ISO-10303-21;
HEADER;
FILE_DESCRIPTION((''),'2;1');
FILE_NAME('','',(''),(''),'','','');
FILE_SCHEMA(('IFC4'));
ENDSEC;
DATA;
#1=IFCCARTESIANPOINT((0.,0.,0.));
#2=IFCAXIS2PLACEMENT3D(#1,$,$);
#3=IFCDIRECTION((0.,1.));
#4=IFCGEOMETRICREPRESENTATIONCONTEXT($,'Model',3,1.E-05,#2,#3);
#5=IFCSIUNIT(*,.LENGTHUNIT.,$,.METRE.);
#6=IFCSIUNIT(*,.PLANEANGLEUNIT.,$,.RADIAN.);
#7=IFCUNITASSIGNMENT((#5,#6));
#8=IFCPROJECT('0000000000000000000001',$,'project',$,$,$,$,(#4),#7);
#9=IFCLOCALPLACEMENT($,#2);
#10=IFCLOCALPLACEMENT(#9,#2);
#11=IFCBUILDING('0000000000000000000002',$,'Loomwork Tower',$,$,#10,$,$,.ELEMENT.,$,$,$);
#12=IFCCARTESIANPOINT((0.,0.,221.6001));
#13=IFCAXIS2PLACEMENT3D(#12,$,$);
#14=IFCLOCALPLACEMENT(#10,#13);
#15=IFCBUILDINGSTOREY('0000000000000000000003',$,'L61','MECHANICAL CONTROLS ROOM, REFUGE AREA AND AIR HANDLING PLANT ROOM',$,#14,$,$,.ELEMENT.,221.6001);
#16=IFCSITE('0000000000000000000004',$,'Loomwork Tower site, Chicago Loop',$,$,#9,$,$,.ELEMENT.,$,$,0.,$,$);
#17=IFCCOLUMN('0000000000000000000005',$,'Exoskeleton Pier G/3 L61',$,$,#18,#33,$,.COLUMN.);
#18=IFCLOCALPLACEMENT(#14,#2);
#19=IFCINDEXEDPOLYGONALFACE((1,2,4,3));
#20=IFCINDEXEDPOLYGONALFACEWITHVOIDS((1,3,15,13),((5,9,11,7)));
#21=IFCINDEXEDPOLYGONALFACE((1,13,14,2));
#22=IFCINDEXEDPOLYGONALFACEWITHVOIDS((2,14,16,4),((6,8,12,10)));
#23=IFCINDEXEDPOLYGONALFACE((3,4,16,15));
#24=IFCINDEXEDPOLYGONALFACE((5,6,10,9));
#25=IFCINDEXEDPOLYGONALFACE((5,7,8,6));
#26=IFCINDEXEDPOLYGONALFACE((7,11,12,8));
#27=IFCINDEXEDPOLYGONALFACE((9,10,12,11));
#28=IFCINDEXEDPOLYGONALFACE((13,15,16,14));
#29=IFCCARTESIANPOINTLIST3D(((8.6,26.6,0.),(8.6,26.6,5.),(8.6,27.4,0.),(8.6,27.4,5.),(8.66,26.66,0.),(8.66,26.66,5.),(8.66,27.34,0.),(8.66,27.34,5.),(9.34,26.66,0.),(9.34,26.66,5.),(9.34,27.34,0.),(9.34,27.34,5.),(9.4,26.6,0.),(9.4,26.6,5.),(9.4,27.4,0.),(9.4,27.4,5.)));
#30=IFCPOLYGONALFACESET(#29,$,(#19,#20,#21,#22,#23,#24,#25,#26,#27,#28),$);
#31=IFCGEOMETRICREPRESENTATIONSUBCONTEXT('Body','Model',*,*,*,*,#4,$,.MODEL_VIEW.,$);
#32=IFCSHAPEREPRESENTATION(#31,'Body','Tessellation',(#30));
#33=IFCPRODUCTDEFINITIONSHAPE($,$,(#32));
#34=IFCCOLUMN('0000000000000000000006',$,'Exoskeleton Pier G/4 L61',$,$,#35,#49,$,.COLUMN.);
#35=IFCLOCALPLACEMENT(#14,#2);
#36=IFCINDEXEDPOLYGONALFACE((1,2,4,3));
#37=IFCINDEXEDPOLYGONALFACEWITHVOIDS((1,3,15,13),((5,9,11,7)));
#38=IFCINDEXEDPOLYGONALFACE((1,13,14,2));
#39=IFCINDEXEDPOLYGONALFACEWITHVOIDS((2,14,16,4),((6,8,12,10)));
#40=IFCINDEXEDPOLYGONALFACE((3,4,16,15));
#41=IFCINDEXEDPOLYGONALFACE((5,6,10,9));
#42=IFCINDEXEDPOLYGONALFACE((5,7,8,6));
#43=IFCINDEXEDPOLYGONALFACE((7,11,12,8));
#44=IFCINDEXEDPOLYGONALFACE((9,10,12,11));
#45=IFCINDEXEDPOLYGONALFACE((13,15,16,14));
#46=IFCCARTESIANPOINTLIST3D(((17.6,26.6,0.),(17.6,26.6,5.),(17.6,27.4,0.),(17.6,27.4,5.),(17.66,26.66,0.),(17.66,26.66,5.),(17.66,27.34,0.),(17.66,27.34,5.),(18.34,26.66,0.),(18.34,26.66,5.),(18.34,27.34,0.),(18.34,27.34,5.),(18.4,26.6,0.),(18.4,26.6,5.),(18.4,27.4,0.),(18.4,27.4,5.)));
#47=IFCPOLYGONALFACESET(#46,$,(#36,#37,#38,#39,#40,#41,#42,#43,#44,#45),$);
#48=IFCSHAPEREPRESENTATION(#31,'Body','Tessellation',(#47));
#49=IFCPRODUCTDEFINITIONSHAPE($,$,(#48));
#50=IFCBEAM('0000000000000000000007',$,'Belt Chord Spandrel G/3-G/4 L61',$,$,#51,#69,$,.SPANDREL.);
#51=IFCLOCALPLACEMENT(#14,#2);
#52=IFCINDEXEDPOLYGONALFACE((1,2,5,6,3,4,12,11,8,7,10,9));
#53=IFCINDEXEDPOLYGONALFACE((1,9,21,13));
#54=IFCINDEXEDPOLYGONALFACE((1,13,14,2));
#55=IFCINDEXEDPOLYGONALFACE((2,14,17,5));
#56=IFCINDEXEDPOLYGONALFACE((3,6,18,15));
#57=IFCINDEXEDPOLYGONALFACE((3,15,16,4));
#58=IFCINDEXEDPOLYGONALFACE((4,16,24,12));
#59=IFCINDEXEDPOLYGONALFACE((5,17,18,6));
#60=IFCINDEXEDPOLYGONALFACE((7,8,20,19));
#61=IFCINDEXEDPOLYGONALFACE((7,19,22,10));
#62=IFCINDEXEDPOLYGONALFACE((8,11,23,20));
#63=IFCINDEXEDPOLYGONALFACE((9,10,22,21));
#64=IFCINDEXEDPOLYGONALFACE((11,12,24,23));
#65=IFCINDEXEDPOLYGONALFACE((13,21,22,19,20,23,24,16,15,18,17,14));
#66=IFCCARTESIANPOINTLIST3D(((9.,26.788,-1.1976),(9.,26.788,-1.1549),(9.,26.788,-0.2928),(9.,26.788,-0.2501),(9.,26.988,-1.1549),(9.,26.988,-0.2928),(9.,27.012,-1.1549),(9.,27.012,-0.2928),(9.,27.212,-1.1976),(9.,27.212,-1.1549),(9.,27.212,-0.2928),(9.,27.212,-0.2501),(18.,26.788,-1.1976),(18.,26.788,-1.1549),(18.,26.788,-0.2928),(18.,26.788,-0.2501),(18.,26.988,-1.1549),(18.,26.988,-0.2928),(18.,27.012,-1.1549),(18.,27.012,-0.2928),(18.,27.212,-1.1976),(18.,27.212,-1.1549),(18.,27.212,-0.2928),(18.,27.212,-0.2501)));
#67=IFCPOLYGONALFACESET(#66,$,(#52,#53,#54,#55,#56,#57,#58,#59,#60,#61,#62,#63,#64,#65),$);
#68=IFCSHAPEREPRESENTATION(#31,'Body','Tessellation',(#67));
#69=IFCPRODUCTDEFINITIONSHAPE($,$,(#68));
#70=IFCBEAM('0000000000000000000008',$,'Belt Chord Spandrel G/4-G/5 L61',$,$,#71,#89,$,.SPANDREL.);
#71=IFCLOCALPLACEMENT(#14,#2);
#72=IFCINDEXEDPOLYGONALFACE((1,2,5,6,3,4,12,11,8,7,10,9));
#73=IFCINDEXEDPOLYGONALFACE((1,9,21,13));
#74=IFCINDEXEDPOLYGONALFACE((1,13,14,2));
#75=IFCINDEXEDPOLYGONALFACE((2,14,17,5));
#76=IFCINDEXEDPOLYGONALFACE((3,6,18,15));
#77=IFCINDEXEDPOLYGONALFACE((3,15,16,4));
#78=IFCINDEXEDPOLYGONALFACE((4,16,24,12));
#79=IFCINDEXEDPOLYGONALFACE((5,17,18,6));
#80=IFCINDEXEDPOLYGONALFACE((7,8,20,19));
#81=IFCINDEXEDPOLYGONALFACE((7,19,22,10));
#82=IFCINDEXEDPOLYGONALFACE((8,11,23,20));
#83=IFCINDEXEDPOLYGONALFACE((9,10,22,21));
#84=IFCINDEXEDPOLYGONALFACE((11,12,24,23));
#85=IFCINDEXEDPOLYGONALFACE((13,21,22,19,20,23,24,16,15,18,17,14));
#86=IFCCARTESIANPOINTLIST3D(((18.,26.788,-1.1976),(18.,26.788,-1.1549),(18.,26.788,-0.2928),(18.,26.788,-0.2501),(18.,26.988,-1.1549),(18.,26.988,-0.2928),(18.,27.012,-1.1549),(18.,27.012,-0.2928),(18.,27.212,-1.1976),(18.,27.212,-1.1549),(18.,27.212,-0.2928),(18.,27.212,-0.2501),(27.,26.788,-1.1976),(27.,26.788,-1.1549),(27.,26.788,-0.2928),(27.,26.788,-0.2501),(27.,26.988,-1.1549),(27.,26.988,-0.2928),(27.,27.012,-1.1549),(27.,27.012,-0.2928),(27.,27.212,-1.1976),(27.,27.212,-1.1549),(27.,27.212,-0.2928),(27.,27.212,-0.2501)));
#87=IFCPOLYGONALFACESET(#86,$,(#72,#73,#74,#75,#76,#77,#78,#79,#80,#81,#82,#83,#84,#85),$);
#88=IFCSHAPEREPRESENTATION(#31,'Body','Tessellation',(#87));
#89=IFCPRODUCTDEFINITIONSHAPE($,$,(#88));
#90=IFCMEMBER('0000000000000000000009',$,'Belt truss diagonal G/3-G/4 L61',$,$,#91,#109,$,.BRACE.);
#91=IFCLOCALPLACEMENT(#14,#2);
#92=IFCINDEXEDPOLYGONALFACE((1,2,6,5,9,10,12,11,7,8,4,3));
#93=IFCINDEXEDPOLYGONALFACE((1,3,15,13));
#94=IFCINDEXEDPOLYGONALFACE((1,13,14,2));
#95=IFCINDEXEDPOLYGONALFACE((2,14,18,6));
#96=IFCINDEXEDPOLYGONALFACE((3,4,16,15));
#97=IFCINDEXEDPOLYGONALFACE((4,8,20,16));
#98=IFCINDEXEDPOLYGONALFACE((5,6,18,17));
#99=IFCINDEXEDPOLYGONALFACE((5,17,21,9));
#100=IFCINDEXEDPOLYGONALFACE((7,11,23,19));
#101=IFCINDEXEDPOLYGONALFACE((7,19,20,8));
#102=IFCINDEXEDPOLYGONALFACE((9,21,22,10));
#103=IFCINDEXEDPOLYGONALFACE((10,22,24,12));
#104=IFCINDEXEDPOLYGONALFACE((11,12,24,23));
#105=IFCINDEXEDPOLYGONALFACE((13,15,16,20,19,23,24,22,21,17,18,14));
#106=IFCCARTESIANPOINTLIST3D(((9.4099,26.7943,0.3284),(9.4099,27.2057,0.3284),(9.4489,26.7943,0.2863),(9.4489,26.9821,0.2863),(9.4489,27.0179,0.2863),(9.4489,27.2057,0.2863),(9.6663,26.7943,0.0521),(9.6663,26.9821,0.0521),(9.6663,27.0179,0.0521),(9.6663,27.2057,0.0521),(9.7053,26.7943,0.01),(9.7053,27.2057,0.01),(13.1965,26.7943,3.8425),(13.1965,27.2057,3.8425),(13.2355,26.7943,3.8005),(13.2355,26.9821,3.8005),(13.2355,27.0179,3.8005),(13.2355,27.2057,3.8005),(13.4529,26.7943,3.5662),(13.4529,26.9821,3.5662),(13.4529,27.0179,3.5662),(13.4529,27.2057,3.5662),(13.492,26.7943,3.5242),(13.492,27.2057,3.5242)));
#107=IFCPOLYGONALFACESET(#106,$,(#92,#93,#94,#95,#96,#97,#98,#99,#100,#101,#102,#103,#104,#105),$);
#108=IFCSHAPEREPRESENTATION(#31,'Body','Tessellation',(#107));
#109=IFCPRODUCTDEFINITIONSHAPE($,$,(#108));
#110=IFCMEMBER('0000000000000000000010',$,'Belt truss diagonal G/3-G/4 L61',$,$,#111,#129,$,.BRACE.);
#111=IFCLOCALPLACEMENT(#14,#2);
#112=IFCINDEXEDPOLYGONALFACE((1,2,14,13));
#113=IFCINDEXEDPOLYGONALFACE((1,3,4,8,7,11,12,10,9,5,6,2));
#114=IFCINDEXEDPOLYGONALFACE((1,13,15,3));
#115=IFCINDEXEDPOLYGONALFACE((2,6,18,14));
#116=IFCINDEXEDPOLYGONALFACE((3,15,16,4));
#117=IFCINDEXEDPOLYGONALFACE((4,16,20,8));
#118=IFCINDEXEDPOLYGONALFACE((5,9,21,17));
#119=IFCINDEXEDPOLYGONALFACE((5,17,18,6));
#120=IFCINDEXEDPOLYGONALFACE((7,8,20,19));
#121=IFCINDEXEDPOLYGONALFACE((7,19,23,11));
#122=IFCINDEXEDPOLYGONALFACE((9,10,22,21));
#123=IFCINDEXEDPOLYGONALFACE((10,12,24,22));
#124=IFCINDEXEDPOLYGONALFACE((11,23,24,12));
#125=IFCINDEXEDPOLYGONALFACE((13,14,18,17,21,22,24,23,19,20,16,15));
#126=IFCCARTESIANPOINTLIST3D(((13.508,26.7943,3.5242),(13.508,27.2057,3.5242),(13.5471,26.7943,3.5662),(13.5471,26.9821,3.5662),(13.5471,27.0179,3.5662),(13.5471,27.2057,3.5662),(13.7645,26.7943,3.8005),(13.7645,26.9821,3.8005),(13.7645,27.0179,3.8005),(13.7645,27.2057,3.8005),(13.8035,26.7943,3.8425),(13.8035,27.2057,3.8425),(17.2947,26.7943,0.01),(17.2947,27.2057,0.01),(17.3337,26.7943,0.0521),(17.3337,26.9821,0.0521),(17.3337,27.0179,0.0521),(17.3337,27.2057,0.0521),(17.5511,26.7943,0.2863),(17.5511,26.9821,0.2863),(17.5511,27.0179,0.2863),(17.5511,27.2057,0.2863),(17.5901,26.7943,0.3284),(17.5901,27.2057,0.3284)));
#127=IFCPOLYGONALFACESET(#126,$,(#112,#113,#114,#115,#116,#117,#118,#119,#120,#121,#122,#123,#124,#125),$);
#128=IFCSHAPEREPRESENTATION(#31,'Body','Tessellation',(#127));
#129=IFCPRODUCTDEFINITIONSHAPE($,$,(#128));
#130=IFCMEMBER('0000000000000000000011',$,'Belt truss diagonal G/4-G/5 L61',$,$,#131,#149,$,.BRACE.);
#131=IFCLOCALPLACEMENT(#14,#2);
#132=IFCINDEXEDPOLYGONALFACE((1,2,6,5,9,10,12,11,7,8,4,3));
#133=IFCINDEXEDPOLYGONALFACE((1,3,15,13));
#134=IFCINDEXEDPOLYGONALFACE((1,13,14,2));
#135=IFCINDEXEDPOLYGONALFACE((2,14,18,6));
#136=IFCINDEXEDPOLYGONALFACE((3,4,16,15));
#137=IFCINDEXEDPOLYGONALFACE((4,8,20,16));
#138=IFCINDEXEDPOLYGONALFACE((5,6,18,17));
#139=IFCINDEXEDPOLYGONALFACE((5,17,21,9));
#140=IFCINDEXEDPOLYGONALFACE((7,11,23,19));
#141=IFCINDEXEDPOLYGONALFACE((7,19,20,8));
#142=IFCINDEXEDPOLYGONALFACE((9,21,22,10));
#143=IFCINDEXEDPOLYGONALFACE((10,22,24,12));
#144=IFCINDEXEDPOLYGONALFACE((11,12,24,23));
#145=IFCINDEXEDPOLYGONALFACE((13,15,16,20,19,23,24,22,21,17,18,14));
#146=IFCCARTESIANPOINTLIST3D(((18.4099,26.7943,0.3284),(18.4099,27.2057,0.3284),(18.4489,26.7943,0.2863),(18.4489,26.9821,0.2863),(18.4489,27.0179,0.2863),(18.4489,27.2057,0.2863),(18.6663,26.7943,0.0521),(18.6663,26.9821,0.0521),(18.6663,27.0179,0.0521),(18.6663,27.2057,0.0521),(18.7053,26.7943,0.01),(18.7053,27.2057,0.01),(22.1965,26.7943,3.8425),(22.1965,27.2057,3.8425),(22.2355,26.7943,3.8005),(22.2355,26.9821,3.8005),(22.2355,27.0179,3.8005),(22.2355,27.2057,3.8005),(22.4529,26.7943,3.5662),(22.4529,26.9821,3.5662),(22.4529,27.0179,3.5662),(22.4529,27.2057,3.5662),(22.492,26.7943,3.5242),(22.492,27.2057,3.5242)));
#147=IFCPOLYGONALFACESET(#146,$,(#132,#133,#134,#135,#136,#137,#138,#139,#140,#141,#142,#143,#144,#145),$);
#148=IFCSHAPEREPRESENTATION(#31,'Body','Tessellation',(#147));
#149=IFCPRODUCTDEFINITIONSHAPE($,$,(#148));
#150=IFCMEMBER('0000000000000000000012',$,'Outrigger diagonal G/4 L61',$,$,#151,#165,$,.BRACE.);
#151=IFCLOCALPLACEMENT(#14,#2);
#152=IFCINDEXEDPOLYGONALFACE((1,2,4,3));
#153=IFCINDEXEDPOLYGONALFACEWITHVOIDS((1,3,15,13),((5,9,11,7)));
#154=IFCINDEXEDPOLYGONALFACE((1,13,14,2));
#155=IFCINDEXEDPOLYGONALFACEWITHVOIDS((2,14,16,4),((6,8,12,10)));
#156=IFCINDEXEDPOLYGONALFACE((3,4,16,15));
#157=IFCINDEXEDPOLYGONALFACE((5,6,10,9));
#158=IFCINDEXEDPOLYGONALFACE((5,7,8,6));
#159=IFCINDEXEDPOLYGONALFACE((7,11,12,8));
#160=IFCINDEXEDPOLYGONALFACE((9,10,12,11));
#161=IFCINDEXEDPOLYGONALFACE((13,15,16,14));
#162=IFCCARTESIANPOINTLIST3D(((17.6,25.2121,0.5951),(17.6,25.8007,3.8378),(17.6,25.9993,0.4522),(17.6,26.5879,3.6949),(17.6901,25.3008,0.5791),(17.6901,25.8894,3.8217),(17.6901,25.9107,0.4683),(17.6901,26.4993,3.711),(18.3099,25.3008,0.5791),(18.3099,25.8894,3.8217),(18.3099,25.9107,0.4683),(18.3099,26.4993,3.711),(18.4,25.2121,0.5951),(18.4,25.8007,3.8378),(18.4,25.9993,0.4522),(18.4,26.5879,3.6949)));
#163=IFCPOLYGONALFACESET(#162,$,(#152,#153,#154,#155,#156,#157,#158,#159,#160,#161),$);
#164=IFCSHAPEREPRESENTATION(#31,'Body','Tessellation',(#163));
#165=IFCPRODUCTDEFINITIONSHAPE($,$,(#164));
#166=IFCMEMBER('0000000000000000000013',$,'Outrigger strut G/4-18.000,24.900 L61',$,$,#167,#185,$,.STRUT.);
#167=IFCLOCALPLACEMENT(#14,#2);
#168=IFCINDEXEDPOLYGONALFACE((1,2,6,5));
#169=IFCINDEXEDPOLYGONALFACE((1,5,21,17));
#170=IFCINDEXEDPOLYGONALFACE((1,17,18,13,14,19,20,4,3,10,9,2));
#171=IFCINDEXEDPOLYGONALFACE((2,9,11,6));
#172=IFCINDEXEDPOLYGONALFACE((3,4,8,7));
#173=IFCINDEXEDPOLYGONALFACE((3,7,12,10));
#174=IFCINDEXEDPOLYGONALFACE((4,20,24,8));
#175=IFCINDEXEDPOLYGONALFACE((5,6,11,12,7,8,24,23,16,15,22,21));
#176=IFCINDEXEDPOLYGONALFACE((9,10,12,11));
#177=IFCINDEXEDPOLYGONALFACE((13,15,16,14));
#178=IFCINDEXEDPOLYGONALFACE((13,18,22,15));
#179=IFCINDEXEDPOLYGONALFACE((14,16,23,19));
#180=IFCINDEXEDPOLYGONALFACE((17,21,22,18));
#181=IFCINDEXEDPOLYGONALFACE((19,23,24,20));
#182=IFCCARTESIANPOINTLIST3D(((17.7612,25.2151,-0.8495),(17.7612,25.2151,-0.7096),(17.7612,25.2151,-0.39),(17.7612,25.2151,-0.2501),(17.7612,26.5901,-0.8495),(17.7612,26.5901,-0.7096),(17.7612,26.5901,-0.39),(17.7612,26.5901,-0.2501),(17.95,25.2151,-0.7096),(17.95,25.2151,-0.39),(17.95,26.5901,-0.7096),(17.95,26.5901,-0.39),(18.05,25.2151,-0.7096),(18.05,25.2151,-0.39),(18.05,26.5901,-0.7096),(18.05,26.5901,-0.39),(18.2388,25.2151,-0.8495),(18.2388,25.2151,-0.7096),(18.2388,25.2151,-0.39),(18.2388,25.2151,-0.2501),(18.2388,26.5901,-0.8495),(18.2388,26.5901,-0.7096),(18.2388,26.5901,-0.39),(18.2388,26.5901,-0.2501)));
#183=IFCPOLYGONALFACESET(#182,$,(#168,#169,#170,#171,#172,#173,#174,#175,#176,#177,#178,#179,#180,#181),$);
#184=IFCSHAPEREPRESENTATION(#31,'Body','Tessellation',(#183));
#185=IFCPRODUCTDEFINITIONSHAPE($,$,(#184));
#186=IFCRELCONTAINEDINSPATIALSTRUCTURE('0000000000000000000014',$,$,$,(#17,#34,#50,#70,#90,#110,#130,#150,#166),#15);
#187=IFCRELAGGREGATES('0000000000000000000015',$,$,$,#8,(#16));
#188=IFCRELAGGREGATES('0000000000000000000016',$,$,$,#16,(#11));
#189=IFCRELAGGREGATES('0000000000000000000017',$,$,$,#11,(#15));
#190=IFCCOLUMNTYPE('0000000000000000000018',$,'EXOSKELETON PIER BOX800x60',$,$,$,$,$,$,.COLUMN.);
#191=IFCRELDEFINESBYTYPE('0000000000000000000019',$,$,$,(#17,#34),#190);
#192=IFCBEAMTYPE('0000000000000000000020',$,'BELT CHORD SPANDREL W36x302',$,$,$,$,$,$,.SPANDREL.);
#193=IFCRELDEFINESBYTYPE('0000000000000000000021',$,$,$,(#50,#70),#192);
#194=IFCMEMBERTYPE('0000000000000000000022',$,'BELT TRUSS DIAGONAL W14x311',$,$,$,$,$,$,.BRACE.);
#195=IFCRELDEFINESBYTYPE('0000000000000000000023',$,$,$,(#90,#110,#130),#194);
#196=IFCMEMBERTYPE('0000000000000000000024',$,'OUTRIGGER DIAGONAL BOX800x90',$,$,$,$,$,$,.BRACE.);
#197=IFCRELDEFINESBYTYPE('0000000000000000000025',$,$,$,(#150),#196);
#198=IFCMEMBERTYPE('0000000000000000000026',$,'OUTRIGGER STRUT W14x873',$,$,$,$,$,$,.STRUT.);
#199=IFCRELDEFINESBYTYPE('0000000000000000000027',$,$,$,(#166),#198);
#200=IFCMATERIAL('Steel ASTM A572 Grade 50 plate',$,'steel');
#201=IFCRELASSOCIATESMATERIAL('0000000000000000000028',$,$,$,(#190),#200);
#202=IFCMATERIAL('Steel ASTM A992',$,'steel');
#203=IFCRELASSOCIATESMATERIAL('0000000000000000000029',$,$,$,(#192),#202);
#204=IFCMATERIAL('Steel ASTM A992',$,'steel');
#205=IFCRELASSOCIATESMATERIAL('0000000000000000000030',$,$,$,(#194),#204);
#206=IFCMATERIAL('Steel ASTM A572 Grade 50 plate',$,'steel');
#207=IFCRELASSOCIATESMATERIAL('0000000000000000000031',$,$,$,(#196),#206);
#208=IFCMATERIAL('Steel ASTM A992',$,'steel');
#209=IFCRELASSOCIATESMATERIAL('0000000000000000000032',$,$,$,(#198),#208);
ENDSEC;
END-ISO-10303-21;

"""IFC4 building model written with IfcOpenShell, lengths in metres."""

from ifc_helpers import new_model, si_unit, direction, frame, origin, origin_2d, place, context, subcontext, project, spatial, hollow_rectangle, i_section, extrude, material, material_profile, profile_set, type_object, element, save


model = new_model("IFC4")

# Units and contexts
model_context = context("Model", 3, precision=1e-05, world=origin(), true_north=direction((0.0, 1.0)))
body_context = subcontext(model_context, "Body", "Model", "MODEL_VIEW")
ifc_project = project(units=[si_unit("LENGTHUNIT", "METRE"), si_unit("PLANEANGLEUNIT", "RADIAN")], contexts=[model_context])

# Site, building, storey
site_placement = place(None, origin())
site = spatial("IfcSite", under=ifc_project, at=site_placement, Name="Loomwork Tower site, Chicago Loop", CompositionType="ELEMENT", RefElevation=0.0)
building_placement = place(site_placement, origin())
building = spatial("IfcBuilding", under=site, at=building_placement, Name="Loomwork Tower", CompositionType="ELEMENT")
storey_placement = place(building_placement, frame((0.0, 0.0, 221.6001)))
storey = spatial("IfcBuildingStorey", under=building, at=storey_placement, Name="L61", Description="MECHANICAL CONTROLS ROOM, REFUGE AREA AND AIR HANDLING PLANT ROOM", CompositionType="ELEMENT", Elevation=221.6001)

# Columns
ifc_material_1 = material(Name="Steel ASTM A572 Grade 50 plate", Category="steel")
ifc_material_profile_1 = material_profile(ifc_material_1, hollow_rectangle(XDim=0.8, YDim=0.8, WallThickness=0.0601, at=origin_2d()), Name="BOX800x60")
ifc_profile_set_1 = profile_set([ifc_material_profile_1], Name="Steel ASTM A572 Grade 50 plate")
column_type = type_object("IfcColumnType", Name="EXOSKELETON PIER BOX800x60", PredefinedType="COLUMN", material=ifc_profile_set_1)
for number, where, z_axis, x_axis, name in (
    (1, (9.0, 27.0, 0.0), (0.0, 0.0, 1.0), (1.0, 0.0, 0.0), "Exoskeleton Pier G/3 L61"),
    (2, (18.0, 27.0, 0.0), (0.0, 0.0, 1.0), (1.0, 0.0, 0.0), "Exoskeleton Pier G/4 L61"),
):
    element("IfcColumn", number, at=place(storey_placement, frame(where, z_axis=z_axis, x_axis=x_axis)), inside=storey, type_object=column_type, Name=name, PredefinedType="COLUMN", context=body_context, shape_type="SweptSolid", body=[
        extrude(hollow_rectangle(XDim=0.8, YDim=0.8, WallThickness=0.0601, at=origin_2d()), origin(), (0.0, 0.0, 1.0), 5.0),
    ])

# Beams
ifc_material_2 = material(Name="Steel ASTM A992", Category="steel")
ifc_material_profile_2 = material_profile(ifc_material_2, i_section(OverallWidth=0.4241, OverallDepth=0.9475, WebThickness=0.0239, FlangeThickness=0.0427, at=origin_2d()), Name="W36x302")
ifc_profile_set_2 = profile_set([ifc_material_profile_2], Name="Steel ASTM A992")
beam_type = type_object("IfcBeamType", Name="BELT CHORD SPANDREL W36x302", PredefinedType="SPANDREL", material=ifc_profile_set_2)
for number, where, z_axis, x_axis, name in (
    (3, (9.0, 27.0, -0.7239), (1.0, 0.0, 0.0), (0.0, 1.0, 0.0), "Belt Chord Spandrel G/3-G/4 L61"),
    (4, (18.0, 27.0, -0.7239), (1.0, 0.0, 0.0), (0.0, 1.0, 0.0), "Belt Chord Spandrel G/4-G/5 L61"),
):
    element("IfcBeam", number, at=place(storey_placement, frame(where, z_axis=z_axis, x_axis=x_axis)), inside=storey, type_object=beam_type, Name=name, PredefinedType="SPANDREL", context=body_context, shape_type="SweptSolid", body=[
        extrude(i_section(OverallWidth=0.4241, OverallDepth=0.9475, WebThickness=0.0239, FlangeThickness=0.0427, at=origin_2d()), origin(), (0.0, 0.0, 1.0), 9.0),
    ])

# Members
ifc_material_3 = material(Name="Steel ASTM A992", Category="steel")
ifc_material_profile_3 = material_profile(ifc_material_3, i_section(OverallWidth=0.4114, OverallDepth=0.4343, WebThickness=0.0359, FlangeThickness=0.0574, at=origin_2d()), Name="W14x311")
ifc_profile_set_3 = profile_set([ifc_material_profile_3], Name="Steel ASTM A992")
member_type_1 = type_object("IfcMemberType", Name="BELT TRUSS DIAGONAL W14x311", PredefinedType="BRACE", material=ifc_profile_set_3)
for number, where, z_axis, x_axis, name in (
    (5, (9.5576, 27.0, 0.1692), (0.732985, 0.0, 0.680244), (0.0, 1.0, 0.0), "Belt truss diagonal G/3-G/4 L61"),
    (6, (17.4424, 27.0, 0.1692), (-0.732985, 0.0, 0.680244), (0.0, -1.0, 0.0), "Belt truss diagonal G/3-G/4 L61"),
    (7, (18.5576, 27.0, 0.1692), (0.732985, 0.0, 0.680244), (0.0, 1.0, 0.0), "Belt truss diagonal G/4-G/5 L61"),
):
    element("IfcMember", number, at=place(storey_placement, frame(where, z_axis=z_axis, x_axis=x_axis)), inside=storey, type_object=member_type_1, Name=name, PredefinedType="BRACE", context=body_context, shape_type="SweptSolid", body=[
        extrude(i_section(OverallWidth=0.4114, OverallDepth=0.4343, WebThickness=0.0359, FlangeThickness=0.0574, at=origin_2d()), origin(), (0.0, 0.0, 1.0), 5.166),
    ])
ifc_material_4 = material(Name="Steel ASTM A572 Grade 50 plate", Category="steel")
ifc_material_profile_4 = material_profile(ifc_material_4, hollow_rectangle(XDim=0.8, YDim=0.8, WallThickness=0.0901, at=origin_2d()), Name="BOX800x90")
ifc_profile_set_4 = profile_set([ifc_material_profile_4], Name="Steel ASTM A572 Grade 50 plate")
member_type_2 = type_object("IfcMemberType", Name="OUTRIGGER DIAGONAL BOX800x90", PredefinedType="BRACE", material=ifc_profile_set_4)
member_1_placement = place(storey_placement, frame((18.0, 26.1943, 3.7664), z_axis=(0.0, -0.178605, -0.983921), x_axis=(1.0, 0.0, 0.0)))
element("IfcMember", 8, at=member_1_placement, inside=storey, type_object=member_type_2, Name="Outrigger diagonal G/4 L61", PredefinedType="BRACE", context=body_context, shape_type="SweptSolid", body=[
    extrude(hollow_rectangle(XDim=0.8, YDim=0.8, WallThickness=0.0901, at=origin_2d()), origin(), (0.0, 0.0, 1.0), 3.2957),
])
ifc_material_5 = material(Name="Steel ASTM A992", Category="steel")
ifc_material_profile_5 = material_profile(ifc_material_5, i_section(OverallWidth=0.4775, OverallDepth=0.5994, WebThickness=0.1001, FlangeThickness=0.1399, at=origin_2d()), Name="W14x873")
ifc_profile_set_5 = profile_set([ifc_material_profile_5], Name="Steel ASTM A992")
member_type_3 = type_object("IfcMemberType", Name="OUTRIGGER STRUT W14x873", PredefinedType="STRUT", material=ifc_profile_set_5)
member_2_placement = place(storey_placement, frame((18.0, 26.5901, -0.5498), z_axis=(0.0, -1.0, 0.0), x_axis=(1.0, 0.0, 0.0)))
element("IfcMember", 9, at=member_2_placement, inside=storey, type_object=member_type_3, Name="Outrigger strut G/4-18.000,24.900 L61", PredefinedType="STRUT", context=body_context, shape_type="SweptSolid", body=[
    extrude(i_section(OverallWidth=0.4775, OverallDepth=0.5994, WebThickness=0.1001, FlangeThickness=0.1399, at=origin_2d()), origin(), (0.0, 0.0, 1.0), 1.375),
])

save(model, "model.ifc")
